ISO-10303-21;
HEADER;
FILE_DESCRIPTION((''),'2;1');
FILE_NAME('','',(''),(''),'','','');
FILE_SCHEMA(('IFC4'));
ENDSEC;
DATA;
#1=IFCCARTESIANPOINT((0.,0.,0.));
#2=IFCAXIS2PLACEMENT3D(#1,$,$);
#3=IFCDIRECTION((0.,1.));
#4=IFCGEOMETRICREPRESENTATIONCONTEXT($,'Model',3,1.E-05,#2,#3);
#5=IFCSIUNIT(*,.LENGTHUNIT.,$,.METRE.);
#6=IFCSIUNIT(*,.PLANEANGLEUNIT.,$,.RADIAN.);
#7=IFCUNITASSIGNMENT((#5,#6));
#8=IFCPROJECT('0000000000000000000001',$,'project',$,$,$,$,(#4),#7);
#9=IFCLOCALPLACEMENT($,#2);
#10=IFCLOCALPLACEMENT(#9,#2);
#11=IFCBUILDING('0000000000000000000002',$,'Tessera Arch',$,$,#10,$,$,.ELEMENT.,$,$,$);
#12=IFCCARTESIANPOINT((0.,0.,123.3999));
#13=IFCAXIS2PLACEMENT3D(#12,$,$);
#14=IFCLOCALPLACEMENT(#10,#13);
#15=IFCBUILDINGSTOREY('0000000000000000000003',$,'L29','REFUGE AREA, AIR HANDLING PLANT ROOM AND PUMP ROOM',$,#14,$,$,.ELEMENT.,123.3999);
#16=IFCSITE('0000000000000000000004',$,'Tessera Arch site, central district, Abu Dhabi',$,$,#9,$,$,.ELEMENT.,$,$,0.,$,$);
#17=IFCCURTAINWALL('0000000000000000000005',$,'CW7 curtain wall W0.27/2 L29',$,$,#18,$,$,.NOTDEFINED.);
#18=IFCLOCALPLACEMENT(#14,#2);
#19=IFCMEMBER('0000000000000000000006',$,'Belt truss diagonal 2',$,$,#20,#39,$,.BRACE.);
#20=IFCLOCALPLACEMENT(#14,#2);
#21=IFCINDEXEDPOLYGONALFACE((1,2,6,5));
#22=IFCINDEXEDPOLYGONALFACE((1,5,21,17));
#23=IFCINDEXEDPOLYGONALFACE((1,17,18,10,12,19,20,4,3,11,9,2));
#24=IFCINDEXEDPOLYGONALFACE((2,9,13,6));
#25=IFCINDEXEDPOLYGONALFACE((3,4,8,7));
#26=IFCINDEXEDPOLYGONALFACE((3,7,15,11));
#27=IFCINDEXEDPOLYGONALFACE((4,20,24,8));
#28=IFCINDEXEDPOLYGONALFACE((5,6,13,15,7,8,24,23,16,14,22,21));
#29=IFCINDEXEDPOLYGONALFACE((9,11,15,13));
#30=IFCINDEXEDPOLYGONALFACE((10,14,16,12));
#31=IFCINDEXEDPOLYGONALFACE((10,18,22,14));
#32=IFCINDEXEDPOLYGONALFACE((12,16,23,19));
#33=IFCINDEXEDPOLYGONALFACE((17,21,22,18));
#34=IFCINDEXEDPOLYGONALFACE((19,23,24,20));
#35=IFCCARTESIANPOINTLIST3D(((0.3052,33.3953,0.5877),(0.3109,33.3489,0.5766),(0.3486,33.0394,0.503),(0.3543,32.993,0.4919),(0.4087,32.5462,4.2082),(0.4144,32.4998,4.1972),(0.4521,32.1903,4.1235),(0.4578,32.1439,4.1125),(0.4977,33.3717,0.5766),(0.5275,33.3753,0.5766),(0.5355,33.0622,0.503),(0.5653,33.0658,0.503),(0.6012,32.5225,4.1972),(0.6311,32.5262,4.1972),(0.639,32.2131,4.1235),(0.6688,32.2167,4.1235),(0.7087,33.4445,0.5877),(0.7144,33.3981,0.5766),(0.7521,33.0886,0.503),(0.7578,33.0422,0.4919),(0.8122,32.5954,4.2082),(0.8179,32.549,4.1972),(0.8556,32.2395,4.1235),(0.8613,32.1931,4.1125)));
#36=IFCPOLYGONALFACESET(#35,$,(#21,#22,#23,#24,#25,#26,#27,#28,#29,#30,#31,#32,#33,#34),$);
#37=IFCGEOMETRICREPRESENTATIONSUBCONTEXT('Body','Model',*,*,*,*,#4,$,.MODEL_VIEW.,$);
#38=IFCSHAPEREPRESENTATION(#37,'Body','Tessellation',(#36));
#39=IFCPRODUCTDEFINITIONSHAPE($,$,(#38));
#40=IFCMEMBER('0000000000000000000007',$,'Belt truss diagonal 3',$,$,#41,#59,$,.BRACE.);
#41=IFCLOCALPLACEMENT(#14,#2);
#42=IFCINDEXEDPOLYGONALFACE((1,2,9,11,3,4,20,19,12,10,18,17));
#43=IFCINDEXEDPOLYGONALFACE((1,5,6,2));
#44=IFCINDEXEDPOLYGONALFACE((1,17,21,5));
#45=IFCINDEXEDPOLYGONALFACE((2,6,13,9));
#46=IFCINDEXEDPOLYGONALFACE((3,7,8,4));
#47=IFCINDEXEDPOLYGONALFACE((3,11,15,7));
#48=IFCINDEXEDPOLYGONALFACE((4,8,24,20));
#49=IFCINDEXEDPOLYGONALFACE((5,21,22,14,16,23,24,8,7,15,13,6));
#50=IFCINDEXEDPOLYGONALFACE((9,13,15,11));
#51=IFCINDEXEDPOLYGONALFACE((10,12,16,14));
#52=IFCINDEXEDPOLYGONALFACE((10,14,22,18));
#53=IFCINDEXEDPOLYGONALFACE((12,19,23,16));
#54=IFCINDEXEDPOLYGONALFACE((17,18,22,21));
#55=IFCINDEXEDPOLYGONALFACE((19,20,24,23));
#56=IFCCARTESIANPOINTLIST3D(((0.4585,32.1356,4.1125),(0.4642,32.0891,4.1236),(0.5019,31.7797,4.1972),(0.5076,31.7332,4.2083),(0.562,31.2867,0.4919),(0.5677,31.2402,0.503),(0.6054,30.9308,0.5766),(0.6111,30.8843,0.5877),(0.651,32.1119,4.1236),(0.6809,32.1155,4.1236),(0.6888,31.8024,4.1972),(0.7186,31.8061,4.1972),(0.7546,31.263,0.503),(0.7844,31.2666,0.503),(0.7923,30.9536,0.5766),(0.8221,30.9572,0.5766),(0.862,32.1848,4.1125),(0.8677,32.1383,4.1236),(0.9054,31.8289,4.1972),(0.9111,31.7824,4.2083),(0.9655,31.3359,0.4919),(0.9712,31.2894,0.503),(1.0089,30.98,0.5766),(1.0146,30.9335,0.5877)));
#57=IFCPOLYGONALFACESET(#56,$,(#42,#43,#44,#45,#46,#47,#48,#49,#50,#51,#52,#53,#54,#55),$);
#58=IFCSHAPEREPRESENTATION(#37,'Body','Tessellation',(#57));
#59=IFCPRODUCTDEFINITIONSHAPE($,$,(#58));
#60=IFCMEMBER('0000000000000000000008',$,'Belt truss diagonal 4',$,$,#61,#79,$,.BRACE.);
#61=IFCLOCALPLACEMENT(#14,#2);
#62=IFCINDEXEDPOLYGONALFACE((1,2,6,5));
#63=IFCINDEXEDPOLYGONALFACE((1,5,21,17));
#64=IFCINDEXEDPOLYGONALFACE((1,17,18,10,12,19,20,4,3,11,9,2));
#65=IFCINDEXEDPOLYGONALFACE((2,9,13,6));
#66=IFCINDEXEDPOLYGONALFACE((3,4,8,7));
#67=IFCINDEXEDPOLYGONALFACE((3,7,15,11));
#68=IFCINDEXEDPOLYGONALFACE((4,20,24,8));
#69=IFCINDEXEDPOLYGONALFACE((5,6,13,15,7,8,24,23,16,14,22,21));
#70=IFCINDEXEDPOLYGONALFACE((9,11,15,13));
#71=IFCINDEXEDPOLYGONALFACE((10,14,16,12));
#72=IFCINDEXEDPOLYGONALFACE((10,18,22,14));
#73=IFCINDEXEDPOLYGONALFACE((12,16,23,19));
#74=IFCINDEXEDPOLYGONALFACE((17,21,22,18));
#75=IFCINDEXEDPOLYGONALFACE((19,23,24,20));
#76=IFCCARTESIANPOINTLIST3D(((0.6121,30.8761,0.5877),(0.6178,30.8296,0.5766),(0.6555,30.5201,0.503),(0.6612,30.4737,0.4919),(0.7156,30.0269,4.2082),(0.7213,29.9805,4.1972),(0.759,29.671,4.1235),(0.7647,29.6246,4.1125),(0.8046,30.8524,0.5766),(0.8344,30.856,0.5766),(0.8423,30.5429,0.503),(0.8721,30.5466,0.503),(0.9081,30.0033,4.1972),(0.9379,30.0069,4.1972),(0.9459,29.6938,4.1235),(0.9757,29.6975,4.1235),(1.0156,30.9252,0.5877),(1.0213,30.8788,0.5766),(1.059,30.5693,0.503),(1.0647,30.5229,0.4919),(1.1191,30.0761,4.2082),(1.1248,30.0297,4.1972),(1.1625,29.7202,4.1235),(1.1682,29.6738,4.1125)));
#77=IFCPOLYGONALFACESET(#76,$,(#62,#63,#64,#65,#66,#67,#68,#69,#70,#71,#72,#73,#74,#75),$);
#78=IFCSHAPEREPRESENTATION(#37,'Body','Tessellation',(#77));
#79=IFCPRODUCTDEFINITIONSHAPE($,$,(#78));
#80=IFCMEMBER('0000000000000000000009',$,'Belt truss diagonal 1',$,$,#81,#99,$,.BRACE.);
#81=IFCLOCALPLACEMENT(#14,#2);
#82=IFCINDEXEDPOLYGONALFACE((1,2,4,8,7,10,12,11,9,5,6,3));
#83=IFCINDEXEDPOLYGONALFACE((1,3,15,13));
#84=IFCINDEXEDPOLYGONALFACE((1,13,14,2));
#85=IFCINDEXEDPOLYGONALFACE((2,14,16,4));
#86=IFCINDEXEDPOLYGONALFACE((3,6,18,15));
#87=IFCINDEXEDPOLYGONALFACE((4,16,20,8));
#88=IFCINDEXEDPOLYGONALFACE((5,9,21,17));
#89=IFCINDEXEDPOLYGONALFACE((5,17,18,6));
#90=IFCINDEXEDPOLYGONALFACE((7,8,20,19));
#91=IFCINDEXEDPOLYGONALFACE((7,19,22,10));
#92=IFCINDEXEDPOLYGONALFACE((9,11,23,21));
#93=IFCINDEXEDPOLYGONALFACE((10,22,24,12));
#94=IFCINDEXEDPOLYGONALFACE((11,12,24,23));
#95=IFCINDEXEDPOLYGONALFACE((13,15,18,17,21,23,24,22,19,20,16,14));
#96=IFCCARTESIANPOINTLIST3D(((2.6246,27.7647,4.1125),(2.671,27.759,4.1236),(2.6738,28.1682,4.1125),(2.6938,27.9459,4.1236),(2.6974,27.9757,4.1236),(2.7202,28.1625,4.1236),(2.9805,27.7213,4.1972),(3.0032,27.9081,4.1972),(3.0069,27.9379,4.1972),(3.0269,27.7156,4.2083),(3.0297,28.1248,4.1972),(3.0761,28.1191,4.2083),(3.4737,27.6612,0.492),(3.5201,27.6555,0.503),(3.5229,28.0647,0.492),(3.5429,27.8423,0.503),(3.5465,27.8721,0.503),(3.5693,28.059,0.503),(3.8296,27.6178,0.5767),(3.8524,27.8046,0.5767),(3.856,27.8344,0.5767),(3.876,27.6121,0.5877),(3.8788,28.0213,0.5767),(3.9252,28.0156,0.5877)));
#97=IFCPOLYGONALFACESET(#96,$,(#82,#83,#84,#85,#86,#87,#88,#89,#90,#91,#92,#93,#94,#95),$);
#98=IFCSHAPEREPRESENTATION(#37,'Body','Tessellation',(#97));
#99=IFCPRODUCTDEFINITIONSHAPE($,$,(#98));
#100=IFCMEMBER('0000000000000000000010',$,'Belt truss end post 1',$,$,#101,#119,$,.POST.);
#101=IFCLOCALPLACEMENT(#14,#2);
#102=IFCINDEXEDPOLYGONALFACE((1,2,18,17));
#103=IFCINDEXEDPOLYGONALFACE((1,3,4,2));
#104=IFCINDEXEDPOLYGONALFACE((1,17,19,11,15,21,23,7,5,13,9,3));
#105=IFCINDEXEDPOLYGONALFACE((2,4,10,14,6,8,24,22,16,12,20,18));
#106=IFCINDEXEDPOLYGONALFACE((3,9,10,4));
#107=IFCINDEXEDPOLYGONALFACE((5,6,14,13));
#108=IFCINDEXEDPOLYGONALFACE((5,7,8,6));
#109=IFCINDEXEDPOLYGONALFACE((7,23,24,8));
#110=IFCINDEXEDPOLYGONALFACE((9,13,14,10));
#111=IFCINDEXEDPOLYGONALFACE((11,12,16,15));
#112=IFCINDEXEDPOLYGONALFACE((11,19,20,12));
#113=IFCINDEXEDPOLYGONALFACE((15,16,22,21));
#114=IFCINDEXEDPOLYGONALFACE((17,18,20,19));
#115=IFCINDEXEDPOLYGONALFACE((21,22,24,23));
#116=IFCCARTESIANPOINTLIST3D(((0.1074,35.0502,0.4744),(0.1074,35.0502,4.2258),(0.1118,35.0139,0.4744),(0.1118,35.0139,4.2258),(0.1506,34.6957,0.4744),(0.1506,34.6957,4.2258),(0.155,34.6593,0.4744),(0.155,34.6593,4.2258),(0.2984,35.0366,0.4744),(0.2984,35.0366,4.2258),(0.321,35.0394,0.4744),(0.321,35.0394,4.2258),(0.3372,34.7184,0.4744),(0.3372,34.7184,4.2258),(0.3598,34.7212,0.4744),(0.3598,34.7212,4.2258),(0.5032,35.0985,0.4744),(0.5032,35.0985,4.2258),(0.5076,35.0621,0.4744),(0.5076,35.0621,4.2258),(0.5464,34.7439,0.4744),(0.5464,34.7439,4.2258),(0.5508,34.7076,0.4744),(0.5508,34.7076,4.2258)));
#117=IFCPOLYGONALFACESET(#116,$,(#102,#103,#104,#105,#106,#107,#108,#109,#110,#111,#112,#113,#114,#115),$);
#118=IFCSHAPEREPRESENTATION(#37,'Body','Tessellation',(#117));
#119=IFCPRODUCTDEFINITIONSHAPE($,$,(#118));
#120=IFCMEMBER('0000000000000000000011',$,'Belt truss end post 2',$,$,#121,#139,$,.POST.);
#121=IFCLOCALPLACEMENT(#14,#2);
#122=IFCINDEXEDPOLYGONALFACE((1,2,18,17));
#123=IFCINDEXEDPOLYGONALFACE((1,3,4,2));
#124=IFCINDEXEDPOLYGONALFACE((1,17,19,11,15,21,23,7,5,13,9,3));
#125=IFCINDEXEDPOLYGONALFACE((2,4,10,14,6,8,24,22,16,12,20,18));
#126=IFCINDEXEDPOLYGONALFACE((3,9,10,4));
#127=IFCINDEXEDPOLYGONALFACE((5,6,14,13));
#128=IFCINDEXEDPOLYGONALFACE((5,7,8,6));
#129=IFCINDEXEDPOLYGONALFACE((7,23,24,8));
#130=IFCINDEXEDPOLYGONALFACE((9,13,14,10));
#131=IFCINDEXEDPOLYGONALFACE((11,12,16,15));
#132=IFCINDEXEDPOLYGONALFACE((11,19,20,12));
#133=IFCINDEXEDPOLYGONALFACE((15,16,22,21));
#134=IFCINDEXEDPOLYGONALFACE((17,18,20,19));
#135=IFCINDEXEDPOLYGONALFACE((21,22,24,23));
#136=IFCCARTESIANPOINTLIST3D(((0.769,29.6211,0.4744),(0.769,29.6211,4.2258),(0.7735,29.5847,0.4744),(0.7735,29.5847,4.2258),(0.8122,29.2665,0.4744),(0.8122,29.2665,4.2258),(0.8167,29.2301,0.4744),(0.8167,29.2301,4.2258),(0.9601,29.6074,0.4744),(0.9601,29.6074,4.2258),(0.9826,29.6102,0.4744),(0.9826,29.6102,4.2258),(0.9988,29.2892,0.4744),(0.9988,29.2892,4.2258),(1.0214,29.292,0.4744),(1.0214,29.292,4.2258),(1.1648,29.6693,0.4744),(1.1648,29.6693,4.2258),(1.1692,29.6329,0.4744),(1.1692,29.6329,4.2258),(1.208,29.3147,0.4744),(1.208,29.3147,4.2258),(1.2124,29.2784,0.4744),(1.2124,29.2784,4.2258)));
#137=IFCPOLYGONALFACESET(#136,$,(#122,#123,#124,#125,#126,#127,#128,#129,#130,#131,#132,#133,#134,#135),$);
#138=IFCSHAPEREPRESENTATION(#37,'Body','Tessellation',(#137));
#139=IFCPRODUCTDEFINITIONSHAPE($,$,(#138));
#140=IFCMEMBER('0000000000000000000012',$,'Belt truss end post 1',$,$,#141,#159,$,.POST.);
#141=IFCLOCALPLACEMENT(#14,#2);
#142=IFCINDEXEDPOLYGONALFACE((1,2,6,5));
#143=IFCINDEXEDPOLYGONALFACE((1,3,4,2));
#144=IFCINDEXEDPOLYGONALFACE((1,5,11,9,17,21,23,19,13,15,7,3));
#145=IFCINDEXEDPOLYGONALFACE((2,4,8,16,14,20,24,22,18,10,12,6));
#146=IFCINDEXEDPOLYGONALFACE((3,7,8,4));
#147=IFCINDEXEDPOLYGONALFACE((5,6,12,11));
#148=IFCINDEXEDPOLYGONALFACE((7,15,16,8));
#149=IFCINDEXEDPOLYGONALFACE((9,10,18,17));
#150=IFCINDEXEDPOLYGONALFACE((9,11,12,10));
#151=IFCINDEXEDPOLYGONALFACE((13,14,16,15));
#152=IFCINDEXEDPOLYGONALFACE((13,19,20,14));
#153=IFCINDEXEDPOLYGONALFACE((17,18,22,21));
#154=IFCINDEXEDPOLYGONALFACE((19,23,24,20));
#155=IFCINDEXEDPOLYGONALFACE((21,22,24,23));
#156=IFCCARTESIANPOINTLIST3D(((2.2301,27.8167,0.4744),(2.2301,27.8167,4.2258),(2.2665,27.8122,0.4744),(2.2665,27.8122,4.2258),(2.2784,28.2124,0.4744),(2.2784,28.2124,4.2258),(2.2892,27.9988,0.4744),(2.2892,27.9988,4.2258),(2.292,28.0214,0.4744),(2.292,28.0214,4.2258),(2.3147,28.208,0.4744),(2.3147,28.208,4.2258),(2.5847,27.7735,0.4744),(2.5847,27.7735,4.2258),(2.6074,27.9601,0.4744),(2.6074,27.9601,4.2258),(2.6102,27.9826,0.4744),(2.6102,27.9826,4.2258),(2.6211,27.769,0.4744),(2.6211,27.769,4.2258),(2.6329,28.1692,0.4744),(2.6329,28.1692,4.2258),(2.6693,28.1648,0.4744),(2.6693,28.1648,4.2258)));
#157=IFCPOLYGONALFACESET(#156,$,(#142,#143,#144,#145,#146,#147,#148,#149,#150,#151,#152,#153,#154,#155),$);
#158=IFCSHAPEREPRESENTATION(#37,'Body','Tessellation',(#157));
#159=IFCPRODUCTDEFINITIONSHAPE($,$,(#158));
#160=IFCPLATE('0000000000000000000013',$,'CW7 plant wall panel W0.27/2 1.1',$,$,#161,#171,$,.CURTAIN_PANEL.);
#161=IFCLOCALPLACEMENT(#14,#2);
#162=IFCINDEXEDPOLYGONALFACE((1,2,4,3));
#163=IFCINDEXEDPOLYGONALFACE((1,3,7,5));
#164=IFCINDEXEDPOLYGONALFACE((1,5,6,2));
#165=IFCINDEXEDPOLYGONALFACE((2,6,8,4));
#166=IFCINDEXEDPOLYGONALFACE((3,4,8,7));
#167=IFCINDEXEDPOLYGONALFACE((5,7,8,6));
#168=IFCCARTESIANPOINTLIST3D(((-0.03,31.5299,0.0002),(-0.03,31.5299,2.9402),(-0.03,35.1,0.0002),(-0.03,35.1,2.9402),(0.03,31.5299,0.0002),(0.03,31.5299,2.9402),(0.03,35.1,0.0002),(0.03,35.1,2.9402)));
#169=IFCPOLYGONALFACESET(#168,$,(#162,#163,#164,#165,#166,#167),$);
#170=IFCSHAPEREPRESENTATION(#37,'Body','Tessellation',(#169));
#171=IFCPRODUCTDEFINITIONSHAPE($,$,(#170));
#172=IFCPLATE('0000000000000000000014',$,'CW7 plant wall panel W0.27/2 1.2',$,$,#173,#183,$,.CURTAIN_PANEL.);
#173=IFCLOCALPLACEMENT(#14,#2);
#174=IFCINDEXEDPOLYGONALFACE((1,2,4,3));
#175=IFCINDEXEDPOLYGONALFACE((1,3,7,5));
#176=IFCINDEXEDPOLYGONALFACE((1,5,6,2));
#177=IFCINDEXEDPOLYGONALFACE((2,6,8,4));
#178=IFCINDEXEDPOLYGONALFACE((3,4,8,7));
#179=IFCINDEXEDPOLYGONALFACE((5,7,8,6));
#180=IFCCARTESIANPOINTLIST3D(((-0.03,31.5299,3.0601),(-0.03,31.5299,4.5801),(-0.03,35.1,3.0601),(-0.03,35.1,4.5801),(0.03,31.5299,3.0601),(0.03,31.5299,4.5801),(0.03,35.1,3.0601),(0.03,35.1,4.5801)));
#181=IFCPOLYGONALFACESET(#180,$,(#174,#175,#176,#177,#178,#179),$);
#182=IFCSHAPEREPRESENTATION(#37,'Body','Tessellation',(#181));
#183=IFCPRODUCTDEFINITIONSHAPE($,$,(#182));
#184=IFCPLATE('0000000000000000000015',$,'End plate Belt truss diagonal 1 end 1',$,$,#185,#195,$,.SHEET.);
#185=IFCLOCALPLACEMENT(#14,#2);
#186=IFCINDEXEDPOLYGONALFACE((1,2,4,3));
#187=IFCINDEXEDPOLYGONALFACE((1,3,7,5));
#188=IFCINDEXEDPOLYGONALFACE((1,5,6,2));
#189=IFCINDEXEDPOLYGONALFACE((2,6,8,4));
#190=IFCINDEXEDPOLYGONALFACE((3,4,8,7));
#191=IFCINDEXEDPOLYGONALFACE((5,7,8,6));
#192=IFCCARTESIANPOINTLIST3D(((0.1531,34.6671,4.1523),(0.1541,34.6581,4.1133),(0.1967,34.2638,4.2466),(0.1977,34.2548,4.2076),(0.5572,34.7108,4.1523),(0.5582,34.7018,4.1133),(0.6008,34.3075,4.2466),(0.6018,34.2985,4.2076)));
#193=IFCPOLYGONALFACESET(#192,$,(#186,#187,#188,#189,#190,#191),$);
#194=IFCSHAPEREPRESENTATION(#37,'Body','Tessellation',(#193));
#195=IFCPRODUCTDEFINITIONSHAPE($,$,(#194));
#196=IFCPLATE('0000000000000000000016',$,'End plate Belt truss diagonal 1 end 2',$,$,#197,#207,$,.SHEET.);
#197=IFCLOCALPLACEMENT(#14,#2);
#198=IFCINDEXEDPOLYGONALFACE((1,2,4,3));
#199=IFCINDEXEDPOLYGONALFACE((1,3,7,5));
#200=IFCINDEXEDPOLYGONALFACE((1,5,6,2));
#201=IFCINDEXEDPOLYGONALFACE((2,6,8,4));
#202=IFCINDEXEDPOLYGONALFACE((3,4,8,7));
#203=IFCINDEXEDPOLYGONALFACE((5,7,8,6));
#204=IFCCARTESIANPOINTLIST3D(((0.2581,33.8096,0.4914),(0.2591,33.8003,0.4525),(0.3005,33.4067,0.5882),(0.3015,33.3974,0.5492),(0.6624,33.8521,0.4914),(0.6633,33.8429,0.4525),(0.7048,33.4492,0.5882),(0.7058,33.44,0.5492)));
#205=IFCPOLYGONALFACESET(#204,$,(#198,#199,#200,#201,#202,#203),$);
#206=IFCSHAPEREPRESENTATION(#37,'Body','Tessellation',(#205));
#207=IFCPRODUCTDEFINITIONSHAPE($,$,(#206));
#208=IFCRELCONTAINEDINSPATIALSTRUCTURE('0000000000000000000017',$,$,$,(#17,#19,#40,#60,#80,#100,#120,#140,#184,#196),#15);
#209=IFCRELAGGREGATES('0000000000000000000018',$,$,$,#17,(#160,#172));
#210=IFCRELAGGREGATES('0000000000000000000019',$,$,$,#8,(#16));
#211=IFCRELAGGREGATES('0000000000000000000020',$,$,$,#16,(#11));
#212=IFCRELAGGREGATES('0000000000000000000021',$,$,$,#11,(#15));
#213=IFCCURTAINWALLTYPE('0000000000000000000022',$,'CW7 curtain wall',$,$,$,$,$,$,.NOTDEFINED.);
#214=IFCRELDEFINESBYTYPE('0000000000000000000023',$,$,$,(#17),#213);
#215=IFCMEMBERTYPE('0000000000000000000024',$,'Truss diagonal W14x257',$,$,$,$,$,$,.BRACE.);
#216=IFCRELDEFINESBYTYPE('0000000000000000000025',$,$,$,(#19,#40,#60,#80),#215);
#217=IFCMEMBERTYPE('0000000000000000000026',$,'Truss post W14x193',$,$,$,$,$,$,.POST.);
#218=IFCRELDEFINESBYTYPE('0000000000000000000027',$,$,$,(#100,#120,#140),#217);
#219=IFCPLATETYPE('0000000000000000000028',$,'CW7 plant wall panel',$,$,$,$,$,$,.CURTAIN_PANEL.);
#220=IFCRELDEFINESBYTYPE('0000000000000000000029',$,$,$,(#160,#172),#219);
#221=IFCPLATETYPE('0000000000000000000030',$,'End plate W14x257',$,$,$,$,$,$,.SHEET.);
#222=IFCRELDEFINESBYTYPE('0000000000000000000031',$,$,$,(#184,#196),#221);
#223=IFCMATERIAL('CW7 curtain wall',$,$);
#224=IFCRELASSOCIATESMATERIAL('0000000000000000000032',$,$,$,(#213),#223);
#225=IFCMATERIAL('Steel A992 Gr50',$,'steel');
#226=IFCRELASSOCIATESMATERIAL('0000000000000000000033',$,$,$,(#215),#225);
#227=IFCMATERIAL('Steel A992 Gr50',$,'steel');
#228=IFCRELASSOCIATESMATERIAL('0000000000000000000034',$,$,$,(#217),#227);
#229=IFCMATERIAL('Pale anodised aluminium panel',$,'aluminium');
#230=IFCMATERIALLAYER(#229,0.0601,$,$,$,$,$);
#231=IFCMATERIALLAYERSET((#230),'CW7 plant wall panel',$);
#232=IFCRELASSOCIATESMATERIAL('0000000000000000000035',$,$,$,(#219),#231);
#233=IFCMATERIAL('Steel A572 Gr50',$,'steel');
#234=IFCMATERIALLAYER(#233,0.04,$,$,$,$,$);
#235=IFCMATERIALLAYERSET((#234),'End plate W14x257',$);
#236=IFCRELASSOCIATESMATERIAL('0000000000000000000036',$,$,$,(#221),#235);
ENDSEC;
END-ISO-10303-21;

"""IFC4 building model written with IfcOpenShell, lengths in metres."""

from ifc_helpers import new_model, si_unit, direction, frame, origin, origin_2d, place, context, subcontext, project, spatial, rectangle, i_section, extrude, material, layer, layer_set, material_profile, profile_set, type_object, element, aggregate, save


model = new_model("IFC4")

# Units and contexts
model_context = context("Model", 3, precision=1e-05, world=origin(), true_north=direction((0.0, 1.0)))
body_context = subcontext(model_context, "Body", "Model", "MODEL_VIEW")
ifc_project = project(units=[si_unit("LENGTHUNIT", "METRE"), si_unit("PLANEANGLEUNIT", "RADIAN")], contexts=[model_context])

# Site, building, storey
site_placement = place(None, origin())
site = spatial("IfcSite", under=ifc_project, at=site_placement, Name="Tessera Arch site, central district, Abu Dhabi", CompositionType="ELEMENT", RefElevation=0.0)
building_placement = place(site_placement, origin())
building = spatial("IfcBuilding", under=site, at=building_placement, Name="Tessera Arch", CompositionType="ELEMENT")
storey_placement = place(building_placement, frame((0.0, 0.0, 123.3999)))
storey = spatial("IfcBuildingStorey", under=building, at=storey_placement, Name="L29", Description="REFUGE AREA, AIR HANDLING PLANT ROOM AND PUMP ROOM", CompositionType="ELEMENT", Elevation=123.3999)

# Curtain wall
ifc_material_1 = material(Name="CW7 curtain wall")
curtain_wall_type = type_object("IfcCurtainWallType", Name="CW7 curtain wall", PredefinedType="NOTDEFINED", material=ifc_material_1)
curtain_wall_placement = place(storey_placement, origin())
curtain_wall = element("IfcCurtainWall", 1, at=curtain_wall_placement, inside=storey, type_object=curtain_wall_type, Name="CW7 curtain wall W0.27/2 L29", PredefinedType="NOTDEFINED")

# Members
ifc_material_2 = material(Name="Steel A992 Gr50", Category="steel")
ifc_material_profile_1 = material_profile(ifc_material_2, i_section(OverallWidth=0.4065, OverallDepth=0.4165, WebThickness=0.03, FlangeThickness=0.0481, at=origin_2d()), Name="W14x257")
ifc_profile_set_1 = profile_set([ifc_material_profile_1], Name="Steel A992 Gr50")
member_type_1 = type_object("IfcMemberType", Name="Truss diagonal W14x257", PredefinedType="BRACE", material=ifc_profile_set_1)
for number, where, z_axis, x_axis, name in (
    (2, (0.5315, 33.2188, 0.5398), (0.027825, -0.228241, 0.973207), (0.992651, 0.121013, 0.0), "Belt truss diagonal 2"),
    (3, (0.6848, 31.959, 4.1604), (0.027825, -0.228179, -0.973222), (0.992647, 0.121048, 0.0), "Belt truss diagonal 3"),
    (4, (0.8384, 30.6995, 0.5398), (0.027825, -0.228241, 0.973207), (0.992651, 0.121013, 0.0), "Belt truss diagonal 4"),
    (5, (2.8503, 27.9419, 4.1604), (0.228241, -0.027825, -0.973207), (0.121013, 0.992651, 0.0), "Belt truss diagonal 1"),
):
    element("IfcMember", number, at=place(storey_placement, frame(where, z_axis=z_axis, x_axis=x_axis)), inside=storey, type_object=member_type_1, Name=name, PredefinedType="BRACE", context=body_context, shape_type="SweptSolid", body=[
        extrude(i_section(OverallWidth=0.4065, OverallDepth=0.4165, WebThickness=0.03, FlangeThickness=0.0481, at=origin_2d()), origin(), (0.0, 0.0, 1.0), 3.7202),
    ])
ifc_material_3 = material(Name="Steel A992 Gr50", Category="steel")
ifc_material_profile_2 = material_profile(ifc_material_3, i_section(OverallWidth=0.3987, OverallDepth=0.3938, WebThickness=0.0227, FlangeThickness=0.0366, at=origin_2d()), Name="W14x193")
ifc_profile_set_2 = profile_set([ifc_material_profile_2], Name="Steel A992 Gr50")
member_type_2 = type_object("IfcMemberType", Name="Truss post W14x193", PredefinedType="POST", material=ifc_profile_set_2)
for number, where, z_axis, x_axis, name in (
    (6, (0.3291, 34.8789, 0.4744), (0.0, 0.0, 1.0), (0.992658, 0.120952, 0.0), "Belt truss end post 1"),
    (7, (0.9907, 29.4497, 0.4744), (0.0, 0.0, 1.0), (0.992658, 0.120952, 0.0), "Belt truss end post 2"),
    (8, (2.4497, 27.9907, 0.4744), (0.0, 0.0, 1.0), (0.120952, 0.992658, 0.0), "Belt truss end post 1"),
):
    element("IfcMember", number, at=place(storey_placement, frame(where, z_axis=z_axis, x_axis=x_axis)), inside=storey, type_object=member_type_2, Name=name, PredefinedType="POST", context=body_context, shape_type="SweptSolid", body=[
        extrude(i_section(OverallWidth=0.3987, OverallDepth=0.3938, WebThickness=0.0227, FlangeThickness=0.0366, at=origin_2d()), origin(), (0.0, 0.0, 1.0), 3.7515),
    ])

# Plates
ifc_material_4 = material(Name="Pale anodised aluminium panel", Category="aluminium")
ifc_layer_1 = layer(ifc_material_4, 0.0601)
ifc_layer_set_1 = layer_set([ifc_layer_1], Name="CW7 plant wall panel")
plate_type_1 = type_object("IfcPlateType", Name="CW7 plant wall panel", PredefinedType="CURTAIN_PANEL", material=ifc_layer_set_1)
plate_1_placement = place(storey_placement, frame((0.0, 33.3149, 0.0002), z_axis=(0.0, 0.0, 1.0), x_axis=(0.0, -1.0, 0.0)))
plate_1 = element("IfcPlate", 9, at=plate_1_placement, type_object=plate_type_1, Name="CW7 plant wall panel W0.27/2 1.1", PredefinedType="CURTAIN_PANEL", context=body_context, shape_type="SweptSolid", body=[
    extrude(rectangle(XDim=3.5701, YDim=0.0601, at=origin_2d()), origin(), (0.0, 0.0, 1.0), 2.9399),
])
plate_2_placement = place(storey_placement, frame((0.0, 33.3149, 3.0601), z_axis=(0.0, 0.0, 1.0), x_axis=(0.0, -1.0, 0.0)))
plate_2 = element("IfcPlate", 10, at=plate_2_placement, type_object=plate_type_1, Name="CW7 plant wall panel W0.27/2 1.2", PredefinedType="CURTAIN_PANEL", context=body_context, shape_type="SweptSolid", body=[
    extrude(rectangle(XDim=3.5701, YDim=0.0601, at=origin_2d()), origin(), (0.0, 0.0, 1.0), 1.52),
])
aggregate(curtain_wall, [plate_1, plate_2])

# Plates
ifc_material_5 = material(Name="Steel A572 Gr50", Category="steel")
ifc_layer_2 = layer(ifc_material_5, 0.04)
ifc_layer_set_2 = layer_set([ifc_layer_2], Name="End plate W14x257")
plate_type_2 = type_object("IfcPlateType", Name="End plate W14x257", PredefinedType="SHEET", material=ifc_layer_set_2)
for number, where, z_axis, x_axis, name in (
    (11, (0.377, 34.4873, 4.1995), (0.02435, -0.225237, -0.974), (0.994207, 0.107482, 0.0), "End plate Belt truss diagonal 1 end 1"),
    (12, (0.4814, 33.6294, 0.5398), (0.024316, -0.231004, -0.972649), (0.994505, 0.104685, 0.0), "End plate Belt truss diagonal 1 end 2"),
):
    element("IfcPlate", number, at=place(storey_placement, frame(where, z_axis=z_axis, x_axis=x_axis)), inside=storey, type_object=plate_type_2, Name=name, PredefinedType="SHEET", context=body_context, shape_type="SweptSolid", body=[
        extrude(rectangle(XDim=0.4065, YDim=0.4165, at=origin_2d()), origin(), (0.0, 0.0, 1.0), 0.04),
    ])

save(model, "model.ifc")
